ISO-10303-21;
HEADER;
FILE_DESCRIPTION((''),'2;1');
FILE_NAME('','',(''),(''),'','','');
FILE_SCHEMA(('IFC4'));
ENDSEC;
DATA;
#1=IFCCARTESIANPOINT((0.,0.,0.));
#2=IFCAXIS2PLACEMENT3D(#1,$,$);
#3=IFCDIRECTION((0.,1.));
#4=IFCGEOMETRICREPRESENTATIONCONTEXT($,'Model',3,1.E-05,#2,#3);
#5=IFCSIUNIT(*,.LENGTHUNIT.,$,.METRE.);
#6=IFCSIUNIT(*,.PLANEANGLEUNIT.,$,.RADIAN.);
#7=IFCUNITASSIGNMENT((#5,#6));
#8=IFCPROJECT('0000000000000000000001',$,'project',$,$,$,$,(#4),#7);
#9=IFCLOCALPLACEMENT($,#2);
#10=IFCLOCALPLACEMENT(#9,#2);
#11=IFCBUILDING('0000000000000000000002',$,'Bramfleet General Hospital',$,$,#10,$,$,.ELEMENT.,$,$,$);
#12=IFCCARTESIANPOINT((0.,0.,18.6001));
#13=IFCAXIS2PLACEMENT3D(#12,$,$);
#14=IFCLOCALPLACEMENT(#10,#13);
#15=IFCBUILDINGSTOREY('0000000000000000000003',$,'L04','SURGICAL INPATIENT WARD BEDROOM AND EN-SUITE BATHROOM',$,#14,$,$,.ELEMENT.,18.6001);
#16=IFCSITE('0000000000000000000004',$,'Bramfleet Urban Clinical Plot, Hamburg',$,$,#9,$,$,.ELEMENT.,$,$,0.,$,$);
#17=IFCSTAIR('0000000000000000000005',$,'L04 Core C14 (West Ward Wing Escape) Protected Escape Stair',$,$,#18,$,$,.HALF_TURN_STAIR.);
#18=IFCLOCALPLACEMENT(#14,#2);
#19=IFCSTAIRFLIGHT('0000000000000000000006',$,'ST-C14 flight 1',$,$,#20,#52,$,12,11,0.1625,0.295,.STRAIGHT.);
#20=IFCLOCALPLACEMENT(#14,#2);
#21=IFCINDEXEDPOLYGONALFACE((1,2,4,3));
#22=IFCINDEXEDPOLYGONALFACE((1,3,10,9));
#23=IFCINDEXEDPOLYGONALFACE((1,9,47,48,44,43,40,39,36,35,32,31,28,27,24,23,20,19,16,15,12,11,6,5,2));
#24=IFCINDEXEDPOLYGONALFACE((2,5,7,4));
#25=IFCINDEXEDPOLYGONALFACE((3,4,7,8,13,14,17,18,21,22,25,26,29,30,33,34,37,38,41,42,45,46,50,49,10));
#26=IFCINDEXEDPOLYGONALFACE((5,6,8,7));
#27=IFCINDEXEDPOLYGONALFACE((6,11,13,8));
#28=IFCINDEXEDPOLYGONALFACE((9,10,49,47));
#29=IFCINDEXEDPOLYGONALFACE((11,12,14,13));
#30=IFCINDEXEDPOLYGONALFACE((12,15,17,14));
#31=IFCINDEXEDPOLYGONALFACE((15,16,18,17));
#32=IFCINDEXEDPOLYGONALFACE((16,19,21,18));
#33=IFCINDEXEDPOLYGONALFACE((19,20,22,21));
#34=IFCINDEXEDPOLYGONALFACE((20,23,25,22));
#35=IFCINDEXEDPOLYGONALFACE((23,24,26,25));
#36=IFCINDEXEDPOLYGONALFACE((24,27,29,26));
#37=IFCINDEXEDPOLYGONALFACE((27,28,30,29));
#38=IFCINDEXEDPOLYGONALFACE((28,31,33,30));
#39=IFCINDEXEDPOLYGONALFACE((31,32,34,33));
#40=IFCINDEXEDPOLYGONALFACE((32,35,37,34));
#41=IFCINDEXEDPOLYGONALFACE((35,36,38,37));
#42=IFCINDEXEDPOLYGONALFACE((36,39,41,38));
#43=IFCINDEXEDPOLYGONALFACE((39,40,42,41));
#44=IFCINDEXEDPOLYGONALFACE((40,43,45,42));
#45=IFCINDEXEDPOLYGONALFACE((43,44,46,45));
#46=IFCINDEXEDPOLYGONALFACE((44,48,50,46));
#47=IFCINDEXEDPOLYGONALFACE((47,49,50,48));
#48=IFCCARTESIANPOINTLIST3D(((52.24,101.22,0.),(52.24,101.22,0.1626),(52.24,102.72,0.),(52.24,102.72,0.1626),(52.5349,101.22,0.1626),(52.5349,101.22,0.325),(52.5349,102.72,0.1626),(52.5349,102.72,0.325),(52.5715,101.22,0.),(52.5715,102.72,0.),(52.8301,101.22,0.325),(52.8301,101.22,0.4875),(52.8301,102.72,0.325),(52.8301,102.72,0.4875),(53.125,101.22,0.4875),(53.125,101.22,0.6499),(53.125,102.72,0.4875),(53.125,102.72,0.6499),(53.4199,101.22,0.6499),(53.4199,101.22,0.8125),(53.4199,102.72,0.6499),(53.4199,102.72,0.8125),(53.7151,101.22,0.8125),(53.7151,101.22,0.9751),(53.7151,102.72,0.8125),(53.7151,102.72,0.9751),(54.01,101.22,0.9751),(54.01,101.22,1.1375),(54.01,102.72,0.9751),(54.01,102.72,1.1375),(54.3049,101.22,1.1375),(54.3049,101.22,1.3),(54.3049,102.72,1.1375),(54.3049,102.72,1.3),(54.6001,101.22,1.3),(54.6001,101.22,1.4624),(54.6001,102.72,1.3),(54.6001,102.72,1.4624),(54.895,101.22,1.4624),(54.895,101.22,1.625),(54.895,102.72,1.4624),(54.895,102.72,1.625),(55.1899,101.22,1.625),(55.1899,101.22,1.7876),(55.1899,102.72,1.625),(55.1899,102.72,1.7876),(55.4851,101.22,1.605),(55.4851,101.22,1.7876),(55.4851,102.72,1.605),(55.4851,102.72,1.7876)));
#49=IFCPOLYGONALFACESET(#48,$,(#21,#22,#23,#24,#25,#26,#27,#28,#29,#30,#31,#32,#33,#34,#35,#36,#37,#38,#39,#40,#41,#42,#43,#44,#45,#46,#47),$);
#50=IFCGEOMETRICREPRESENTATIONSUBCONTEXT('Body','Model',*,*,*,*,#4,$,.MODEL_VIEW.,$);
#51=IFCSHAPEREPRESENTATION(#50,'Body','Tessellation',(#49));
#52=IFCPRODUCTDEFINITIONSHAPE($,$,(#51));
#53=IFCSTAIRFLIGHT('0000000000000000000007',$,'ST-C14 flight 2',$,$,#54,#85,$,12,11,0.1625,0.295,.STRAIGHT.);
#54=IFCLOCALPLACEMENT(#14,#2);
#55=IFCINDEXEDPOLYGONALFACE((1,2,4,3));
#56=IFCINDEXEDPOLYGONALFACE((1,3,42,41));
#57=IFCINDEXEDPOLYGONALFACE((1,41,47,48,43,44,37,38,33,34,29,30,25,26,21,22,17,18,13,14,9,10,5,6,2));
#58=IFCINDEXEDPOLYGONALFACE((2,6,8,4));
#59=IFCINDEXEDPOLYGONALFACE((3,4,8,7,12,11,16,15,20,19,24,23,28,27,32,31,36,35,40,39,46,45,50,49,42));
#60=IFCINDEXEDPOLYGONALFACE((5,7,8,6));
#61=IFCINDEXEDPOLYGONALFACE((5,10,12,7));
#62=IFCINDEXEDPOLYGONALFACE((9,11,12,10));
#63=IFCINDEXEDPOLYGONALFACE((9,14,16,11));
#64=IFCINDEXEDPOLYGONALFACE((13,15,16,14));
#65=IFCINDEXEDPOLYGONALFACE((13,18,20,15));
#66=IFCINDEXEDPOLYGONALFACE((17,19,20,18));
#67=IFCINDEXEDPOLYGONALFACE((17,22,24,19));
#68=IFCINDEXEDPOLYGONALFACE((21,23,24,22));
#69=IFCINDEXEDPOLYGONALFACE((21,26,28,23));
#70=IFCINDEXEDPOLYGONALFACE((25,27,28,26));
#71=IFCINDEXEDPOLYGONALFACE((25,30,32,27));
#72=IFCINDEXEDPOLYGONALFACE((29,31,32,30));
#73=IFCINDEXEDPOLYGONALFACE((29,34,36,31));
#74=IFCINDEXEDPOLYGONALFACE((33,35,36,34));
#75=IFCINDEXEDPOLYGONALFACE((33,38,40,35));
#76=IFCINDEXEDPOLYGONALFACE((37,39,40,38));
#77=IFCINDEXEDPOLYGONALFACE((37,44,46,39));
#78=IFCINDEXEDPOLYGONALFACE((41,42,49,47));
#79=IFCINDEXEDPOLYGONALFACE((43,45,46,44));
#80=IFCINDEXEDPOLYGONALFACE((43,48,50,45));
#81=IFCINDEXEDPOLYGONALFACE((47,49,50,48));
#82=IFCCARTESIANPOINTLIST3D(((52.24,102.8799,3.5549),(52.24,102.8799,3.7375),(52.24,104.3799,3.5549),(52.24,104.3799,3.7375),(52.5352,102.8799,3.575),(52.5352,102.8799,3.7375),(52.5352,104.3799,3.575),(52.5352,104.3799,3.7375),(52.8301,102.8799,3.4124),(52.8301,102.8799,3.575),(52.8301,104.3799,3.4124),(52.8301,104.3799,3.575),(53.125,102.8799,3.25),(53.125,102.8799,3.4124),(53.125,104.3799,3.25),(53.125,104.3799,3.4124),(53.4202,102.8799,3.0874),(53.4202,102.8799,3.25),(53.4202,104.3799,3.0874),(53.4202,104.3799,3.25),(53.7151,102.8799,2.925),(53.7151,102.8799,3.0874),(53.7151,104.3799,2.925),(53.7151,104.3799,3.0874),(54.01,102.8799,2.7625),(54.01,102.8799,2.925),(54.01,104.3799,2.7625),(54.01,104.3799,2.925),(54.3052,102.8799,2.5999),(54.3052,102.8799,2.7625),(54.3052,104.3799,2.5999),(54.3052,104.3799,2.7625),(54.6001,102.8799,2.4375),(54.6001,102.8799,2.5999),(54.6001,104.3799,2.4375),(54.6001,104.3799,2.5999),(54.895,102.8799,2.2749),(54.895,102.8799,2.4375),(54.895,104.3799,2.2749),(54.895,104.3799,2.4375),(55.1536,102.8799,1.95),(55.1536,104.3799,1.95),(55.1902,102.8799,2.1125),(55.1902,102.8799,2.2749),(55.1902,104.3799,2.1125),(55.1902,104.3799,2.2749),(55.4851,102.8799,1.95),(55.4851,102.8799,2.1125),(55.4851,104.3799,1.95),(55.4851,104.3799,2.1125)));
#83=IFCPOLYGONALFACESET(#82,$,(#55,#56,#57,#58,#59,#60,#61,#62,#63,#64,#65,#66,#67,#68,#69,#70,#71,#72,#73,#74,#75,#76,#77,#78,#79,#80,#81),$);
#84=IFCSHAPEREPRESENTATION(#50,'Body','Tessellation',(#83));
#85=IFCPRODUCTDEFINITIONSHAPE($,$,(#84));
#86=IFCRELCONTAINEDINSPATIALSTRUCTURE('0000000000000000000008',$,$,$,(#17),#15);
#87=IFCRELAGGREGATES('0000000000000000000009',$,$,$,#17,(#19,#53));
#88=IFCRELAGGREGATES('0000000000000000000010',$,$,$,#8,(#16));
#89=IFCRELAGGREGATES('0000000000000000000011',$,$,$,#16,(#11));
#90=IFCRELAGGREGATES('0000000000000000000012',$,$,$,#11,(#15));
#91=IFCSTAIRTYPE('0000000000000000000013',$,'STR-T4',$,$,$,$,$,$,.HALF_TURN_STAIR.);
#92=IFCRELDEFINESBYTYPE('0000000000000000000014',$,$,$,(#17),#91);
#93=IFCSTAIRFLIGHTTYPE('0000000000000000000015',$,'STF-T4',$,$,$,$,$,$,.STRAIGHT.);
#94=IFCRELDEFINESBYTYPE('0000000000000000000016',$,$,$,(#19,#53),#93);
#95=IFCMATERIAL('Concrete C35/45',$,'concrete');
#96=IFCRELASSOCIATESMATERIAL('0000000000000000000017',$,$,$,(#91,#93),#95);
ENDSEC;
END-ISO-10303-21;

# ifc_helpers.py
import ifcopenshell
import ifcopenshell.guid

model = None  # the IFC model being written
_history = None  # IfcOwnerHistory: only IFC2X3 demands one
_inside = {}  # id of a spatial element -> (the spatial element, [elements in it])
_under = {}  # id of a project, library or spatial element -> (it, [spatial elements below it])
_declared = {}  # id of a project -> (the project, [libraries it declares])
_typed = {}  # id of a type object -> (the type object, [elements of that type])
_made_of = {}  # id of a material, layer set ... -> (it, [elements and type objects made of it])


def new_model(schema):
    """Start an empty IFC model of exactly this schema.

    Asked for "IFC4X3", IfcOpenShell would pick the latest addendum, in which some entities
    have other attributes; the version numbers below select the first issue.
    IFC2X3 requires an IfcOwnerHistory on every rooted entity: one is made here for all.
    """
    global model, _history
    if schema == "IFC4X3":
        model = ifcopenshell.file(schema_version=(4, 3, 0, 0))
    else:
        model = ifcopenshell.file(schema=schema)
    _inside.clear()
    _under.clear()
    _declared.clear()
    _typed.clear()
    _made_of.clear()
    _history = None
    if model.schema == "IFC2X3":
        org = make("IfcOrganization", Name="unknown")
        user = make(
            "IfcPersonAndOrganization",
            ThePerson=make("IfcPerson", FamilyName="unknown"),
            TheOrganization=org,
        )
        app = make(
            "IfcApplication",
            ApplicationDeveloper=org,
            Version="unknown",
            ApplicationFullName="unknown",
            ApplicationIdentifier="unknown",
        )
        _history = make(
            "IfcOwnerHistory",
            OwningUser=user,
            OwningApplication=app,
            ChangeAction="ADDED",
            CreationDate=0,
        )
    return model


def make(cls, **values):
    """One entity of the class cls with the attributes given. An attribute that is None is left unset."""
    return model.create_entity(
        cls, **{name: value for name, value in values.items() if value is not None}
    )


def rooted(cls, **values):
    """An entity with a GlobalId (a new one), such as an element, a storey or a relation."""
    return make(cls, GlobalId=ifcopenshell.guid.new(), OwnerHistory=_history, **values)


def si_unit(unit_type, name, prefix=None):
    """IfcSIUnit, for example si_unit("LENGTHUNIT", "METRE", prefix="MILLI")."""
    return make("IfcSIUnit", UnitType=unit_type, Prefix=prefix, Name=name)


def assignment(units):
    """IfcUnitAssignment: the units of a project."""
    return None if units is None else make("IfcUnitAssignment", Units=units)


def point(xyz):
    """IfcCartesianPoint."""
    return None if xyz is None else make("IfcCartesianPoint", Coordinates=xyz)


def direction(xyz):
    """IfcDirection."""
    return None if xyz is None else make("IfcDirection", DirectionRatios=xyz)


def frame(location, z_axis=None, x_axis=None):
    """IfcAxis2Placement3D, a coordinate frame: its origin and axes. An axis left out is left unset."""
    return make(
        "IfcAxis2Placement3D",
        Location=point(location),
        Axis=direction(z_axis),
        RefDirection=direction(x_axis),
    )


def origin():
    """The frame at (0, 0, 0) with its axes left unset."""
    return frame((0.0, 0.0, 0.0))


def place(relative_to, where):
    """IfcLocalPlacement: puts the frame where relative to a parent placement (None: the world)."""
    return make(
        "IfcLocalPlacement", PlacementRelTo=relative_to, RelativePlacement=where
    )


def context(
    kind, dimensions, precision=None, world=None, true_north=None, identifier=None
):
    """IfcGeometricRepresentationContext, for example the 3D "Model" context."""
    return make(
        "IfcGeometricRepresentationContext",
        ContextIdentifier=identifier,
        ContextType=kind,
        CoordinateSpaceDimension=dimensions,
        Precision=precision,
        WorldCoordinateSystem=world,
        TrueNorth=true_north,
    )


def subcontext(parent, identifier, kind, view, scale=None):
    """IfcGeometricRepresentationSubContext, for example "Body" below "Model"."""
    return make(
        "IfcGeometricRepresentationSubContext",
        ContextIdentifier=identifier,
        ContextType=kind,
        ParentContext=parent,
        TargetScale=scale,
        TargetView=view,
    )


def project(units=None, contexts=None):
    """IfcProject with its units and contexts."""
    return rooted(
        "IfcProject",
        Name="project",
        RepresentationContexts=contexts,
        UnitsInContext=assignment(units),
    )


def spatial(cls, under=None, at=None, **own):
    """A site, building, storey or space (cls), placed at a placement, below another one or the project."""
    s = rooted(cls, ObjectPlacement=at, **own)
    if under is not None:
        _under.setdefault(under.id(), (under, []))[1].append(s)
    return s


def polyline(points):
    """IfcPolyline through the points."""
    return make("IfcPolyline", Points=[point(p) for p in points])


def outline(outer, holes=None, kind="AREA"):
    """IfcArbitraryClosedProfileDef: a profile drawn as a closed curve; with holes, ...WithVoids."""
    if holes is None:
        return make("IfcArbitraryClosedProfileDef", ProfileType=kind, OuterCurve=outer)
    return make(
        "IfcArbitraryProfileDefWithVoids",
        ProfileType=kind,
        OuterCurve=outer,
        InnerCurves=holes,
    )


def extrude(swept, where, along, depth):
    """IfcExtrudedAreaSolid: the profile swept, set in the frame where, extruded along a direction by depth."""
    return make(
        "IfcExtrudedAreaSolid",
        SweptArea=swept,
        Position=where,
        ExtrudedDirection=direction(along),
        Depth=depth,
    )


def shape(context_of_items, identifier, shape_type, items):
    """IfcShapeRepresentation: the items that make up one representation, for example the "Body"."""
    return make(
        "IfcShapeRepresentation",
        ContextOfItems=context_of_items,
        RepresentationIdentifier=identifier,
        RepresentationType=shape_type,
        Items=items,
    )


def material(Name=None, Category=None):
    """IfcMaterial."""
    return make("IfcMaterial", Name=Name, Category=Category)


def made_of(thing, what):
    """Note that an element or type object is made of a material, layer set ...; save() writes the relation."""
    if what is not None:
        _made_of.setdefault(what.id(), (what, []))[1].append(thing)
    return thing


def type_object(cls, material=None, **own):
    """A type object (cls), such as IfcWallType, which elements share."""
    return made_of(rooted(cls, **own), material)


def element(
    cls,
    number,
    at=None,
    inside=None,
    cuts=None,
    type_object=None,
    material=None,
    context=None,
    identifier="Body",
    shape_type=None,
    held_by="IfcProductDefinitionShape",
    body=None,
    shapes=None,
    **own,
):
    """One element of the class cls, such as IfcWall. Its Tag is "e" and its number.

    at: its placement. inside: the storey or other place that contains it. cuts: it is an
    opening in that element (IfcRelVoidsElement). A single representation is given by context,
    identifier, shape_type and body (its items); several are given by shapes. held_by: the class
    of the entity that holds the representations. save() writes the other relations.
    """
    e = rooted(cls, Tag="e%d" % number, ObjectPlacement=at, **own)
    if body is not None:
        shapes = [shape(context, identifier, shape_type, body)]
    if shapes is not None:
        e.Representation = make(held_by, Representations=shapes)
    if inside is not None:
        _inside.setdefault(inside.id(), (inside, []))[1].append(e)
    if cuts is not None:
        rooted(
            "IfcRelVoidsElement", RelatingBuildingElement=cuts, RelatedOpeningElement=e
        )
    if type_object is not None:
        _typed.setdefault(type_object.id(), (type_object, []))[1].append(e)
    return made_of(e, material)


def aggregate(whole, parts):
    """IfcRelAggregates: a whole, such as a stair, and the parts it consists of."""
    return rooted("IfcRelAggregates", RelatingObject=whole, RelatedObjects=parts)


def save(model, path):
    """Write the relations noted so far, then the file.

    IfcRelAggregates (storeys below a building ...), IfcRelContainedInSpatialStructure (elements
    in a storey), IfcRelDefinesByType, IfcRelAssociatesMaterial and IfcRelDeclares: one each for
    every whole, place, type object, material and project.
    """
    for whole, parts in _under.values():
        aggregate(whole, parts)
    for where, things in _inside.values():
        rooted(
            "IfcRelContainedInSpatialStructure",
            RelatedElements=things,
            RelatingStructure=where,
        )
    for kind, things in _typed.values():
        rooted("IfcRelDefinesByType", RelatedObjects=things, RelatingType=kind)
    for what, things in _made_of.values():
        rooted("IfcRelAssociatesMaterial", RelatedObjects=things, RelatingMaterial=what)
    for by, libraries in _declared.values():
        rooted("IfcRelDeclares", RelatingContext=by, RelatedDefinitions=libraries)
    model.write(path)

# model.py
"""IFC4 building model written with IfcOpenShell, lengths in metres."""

from ifc_helpers import new_model, si_unit, direction, frame, origin, place, context, subcontext, project, spatial, polyline, outline, extrude, material, type_object, element, aggregate, save


model = new_model("IFC4")

# Units and contexts
model_context = context("Model", 3, precision=1e-05, world=origin(), true_north=direction((0.0, 1.0)))
body_context = subcontext(model_context, "Body", "Model", "MODEL_VIEW")
ifc_project = project(units=[si_unit("LENGTHUNIT", "METRE"), si_unit("PLANEANGLEUNIT", "RADIAN")], contexts=[model_context])

# Site, building, storey
site_placement = place(None, origin())
site = spatial("IfcSite", under=ifc_project, at=site_placement, Name="Bramfleet Urban Clinical Plot, Hamburg", CompositionType="ELEMENT", RefElevation=0.0)
building_placement = place(site_placement, origin())
building = spatial("IfcBuilding", under=site, at=building_placement, Name="Bramfleet General Hospital", CompositionType="ELEMENT")
storey_placement = place(building_placement, frame((0.0, 0.0, 18.6001)))
storey = spatial("IfcBuildingStorey", under=building, at=storey_placement, Name="L04", Description="SURGICAL INPATIENT WARD BEDROOM AND EN-SUITE BATHROOM", CompositionType="ELEMENT", Elevation=18.6001)

# Shared definitions
ifc_material_1 = material(Name="Concrete C35/45", Category="concrete")

# Stair, stair flights
stair_type = type_object("IfcStairType", Name="STR-T4", PredefinedType="HALF_TURN_STAIR", material=ifc_material_1)
stair_placement = place(storey_placement, origin())
stair = element("IfcStair", 1, at=stair_placement, inside=storey, type_object=stair_type, Name="L04 Core C14 (West Ward Wing Escape) Protected Escape Stair", PredefinedType="HALF_TURN_STAIR")
stair_flight_type = type_object("IfcStairFlightType", Name="STF-T4", PredefinedType="STRAIGHT", material=ifc_material_1)
stair_flight_1_placement = place(storey_placement, frame((52.24, 101.97, 0.0), z_axis=(0.0, 0.0, 1.0), x_axis=(1.0, 0.0, 0.0)))
stair_flight_1 = element("IfcStairFlight", 2, at=stair_flight_1_placement, type_object=stair_flight_type, Name="ST-C14 flight 1", NumberOfRisers=12, NumberOfTreads=11, PredefinedType="STRAIGHT", RiserHeight=0.1625, TreadLength=0.295, context=body_context, shape_type="SweptSolid", body=[
    extrude(outline(polyline([(0.0, 0.0), (0.0, 0.1626), (0.2949, 0.1626), (0.2949, 0.325), (0.5901, 0.325), (0.5901, 0.4875), (0.885, 0.4875), (0.885, 0.6499), (1.1799, 0.6499), (1.1799, 0.8125), (1.4751, 0.8125), (1.4751, 0.9751), (1.77, 0.9751), (1.77, 1.1375), (2.0649, 1.1375), (2.0649, 1.3), (2.3601, 1.3), (2.3601, 1.4624), (2.655, 1.4624), (2.655, 1.625), (2.95, 1.625), (2.95, 1.7876), (3.2451, 1.7876), (3.2451, 1.95), (3.2451, 1.605), (0.3315, 0.0), (0.0, 0.0)])), frame((0.0, 0.75, 0.0), z_axis=(0.0, -1.0, 0.0), x_axis=(1.0, 0.0, 0.0)), (0.0, 0.0, 1.0), 1.5),
])
stair_flight_2_placement = place(storey_placement, frame((55.4851, 103.6299, 1.95), z_axis=(0.0, 0.0, 1.0), x_axis=(-1.0, 0.0, 0.0)))
stair_flight_2 = element("IfcStairFlight", 3, at=stair_flight_2_placement, type_object=stair_flight_type, Name="ST-C14 flight 2", NumberOfRisers=12, NumberOfTreads=11, PredefinedType="STRAIGHT", RiserHeight=0.1625, TreadLength=0.295, context=body_context, shape_type="SweptSolid", body=[
    extrude(outline(polyline([(0.0, 0.0), (0.0, 0.1626), (0.2949, 0.1626), (0.2949, 0.325), (0.5901, 0.325), (0.5901, 0.4875), (0.885, 0.4875), (0.885, 0.6499), (1.1799, 0.6499), (1.1799, 0.8125), (1.4751, 0.8125), (1.4751, 0.9751), (1.77, 0.9751), (1.77, 1.1375), (2.0649, 1.1375), (2.0649, 1.3), (2.3601, 1.3), (2.3601, 1.4624), (2.655, 1.4624), (2.655, 1.625), (2.95, 1.625), (2.95, 1.7876), (3.2451, 1.7876), (3.2451, 1.95), (3.2451, 1.605), (0.3315, 0.0), (0.0, 0.0)])), frame((0.0, 0.75, 0.0), z_axis=(0.0, -1.0, 0.0), x_axis=(1.0, 0.0, 0.0)), (0.0, 0.0, 1.0), 1.5),
])
aggregate(stair, [stair_flight_1, stair_flight_2])

save(model, "model.ifc")
